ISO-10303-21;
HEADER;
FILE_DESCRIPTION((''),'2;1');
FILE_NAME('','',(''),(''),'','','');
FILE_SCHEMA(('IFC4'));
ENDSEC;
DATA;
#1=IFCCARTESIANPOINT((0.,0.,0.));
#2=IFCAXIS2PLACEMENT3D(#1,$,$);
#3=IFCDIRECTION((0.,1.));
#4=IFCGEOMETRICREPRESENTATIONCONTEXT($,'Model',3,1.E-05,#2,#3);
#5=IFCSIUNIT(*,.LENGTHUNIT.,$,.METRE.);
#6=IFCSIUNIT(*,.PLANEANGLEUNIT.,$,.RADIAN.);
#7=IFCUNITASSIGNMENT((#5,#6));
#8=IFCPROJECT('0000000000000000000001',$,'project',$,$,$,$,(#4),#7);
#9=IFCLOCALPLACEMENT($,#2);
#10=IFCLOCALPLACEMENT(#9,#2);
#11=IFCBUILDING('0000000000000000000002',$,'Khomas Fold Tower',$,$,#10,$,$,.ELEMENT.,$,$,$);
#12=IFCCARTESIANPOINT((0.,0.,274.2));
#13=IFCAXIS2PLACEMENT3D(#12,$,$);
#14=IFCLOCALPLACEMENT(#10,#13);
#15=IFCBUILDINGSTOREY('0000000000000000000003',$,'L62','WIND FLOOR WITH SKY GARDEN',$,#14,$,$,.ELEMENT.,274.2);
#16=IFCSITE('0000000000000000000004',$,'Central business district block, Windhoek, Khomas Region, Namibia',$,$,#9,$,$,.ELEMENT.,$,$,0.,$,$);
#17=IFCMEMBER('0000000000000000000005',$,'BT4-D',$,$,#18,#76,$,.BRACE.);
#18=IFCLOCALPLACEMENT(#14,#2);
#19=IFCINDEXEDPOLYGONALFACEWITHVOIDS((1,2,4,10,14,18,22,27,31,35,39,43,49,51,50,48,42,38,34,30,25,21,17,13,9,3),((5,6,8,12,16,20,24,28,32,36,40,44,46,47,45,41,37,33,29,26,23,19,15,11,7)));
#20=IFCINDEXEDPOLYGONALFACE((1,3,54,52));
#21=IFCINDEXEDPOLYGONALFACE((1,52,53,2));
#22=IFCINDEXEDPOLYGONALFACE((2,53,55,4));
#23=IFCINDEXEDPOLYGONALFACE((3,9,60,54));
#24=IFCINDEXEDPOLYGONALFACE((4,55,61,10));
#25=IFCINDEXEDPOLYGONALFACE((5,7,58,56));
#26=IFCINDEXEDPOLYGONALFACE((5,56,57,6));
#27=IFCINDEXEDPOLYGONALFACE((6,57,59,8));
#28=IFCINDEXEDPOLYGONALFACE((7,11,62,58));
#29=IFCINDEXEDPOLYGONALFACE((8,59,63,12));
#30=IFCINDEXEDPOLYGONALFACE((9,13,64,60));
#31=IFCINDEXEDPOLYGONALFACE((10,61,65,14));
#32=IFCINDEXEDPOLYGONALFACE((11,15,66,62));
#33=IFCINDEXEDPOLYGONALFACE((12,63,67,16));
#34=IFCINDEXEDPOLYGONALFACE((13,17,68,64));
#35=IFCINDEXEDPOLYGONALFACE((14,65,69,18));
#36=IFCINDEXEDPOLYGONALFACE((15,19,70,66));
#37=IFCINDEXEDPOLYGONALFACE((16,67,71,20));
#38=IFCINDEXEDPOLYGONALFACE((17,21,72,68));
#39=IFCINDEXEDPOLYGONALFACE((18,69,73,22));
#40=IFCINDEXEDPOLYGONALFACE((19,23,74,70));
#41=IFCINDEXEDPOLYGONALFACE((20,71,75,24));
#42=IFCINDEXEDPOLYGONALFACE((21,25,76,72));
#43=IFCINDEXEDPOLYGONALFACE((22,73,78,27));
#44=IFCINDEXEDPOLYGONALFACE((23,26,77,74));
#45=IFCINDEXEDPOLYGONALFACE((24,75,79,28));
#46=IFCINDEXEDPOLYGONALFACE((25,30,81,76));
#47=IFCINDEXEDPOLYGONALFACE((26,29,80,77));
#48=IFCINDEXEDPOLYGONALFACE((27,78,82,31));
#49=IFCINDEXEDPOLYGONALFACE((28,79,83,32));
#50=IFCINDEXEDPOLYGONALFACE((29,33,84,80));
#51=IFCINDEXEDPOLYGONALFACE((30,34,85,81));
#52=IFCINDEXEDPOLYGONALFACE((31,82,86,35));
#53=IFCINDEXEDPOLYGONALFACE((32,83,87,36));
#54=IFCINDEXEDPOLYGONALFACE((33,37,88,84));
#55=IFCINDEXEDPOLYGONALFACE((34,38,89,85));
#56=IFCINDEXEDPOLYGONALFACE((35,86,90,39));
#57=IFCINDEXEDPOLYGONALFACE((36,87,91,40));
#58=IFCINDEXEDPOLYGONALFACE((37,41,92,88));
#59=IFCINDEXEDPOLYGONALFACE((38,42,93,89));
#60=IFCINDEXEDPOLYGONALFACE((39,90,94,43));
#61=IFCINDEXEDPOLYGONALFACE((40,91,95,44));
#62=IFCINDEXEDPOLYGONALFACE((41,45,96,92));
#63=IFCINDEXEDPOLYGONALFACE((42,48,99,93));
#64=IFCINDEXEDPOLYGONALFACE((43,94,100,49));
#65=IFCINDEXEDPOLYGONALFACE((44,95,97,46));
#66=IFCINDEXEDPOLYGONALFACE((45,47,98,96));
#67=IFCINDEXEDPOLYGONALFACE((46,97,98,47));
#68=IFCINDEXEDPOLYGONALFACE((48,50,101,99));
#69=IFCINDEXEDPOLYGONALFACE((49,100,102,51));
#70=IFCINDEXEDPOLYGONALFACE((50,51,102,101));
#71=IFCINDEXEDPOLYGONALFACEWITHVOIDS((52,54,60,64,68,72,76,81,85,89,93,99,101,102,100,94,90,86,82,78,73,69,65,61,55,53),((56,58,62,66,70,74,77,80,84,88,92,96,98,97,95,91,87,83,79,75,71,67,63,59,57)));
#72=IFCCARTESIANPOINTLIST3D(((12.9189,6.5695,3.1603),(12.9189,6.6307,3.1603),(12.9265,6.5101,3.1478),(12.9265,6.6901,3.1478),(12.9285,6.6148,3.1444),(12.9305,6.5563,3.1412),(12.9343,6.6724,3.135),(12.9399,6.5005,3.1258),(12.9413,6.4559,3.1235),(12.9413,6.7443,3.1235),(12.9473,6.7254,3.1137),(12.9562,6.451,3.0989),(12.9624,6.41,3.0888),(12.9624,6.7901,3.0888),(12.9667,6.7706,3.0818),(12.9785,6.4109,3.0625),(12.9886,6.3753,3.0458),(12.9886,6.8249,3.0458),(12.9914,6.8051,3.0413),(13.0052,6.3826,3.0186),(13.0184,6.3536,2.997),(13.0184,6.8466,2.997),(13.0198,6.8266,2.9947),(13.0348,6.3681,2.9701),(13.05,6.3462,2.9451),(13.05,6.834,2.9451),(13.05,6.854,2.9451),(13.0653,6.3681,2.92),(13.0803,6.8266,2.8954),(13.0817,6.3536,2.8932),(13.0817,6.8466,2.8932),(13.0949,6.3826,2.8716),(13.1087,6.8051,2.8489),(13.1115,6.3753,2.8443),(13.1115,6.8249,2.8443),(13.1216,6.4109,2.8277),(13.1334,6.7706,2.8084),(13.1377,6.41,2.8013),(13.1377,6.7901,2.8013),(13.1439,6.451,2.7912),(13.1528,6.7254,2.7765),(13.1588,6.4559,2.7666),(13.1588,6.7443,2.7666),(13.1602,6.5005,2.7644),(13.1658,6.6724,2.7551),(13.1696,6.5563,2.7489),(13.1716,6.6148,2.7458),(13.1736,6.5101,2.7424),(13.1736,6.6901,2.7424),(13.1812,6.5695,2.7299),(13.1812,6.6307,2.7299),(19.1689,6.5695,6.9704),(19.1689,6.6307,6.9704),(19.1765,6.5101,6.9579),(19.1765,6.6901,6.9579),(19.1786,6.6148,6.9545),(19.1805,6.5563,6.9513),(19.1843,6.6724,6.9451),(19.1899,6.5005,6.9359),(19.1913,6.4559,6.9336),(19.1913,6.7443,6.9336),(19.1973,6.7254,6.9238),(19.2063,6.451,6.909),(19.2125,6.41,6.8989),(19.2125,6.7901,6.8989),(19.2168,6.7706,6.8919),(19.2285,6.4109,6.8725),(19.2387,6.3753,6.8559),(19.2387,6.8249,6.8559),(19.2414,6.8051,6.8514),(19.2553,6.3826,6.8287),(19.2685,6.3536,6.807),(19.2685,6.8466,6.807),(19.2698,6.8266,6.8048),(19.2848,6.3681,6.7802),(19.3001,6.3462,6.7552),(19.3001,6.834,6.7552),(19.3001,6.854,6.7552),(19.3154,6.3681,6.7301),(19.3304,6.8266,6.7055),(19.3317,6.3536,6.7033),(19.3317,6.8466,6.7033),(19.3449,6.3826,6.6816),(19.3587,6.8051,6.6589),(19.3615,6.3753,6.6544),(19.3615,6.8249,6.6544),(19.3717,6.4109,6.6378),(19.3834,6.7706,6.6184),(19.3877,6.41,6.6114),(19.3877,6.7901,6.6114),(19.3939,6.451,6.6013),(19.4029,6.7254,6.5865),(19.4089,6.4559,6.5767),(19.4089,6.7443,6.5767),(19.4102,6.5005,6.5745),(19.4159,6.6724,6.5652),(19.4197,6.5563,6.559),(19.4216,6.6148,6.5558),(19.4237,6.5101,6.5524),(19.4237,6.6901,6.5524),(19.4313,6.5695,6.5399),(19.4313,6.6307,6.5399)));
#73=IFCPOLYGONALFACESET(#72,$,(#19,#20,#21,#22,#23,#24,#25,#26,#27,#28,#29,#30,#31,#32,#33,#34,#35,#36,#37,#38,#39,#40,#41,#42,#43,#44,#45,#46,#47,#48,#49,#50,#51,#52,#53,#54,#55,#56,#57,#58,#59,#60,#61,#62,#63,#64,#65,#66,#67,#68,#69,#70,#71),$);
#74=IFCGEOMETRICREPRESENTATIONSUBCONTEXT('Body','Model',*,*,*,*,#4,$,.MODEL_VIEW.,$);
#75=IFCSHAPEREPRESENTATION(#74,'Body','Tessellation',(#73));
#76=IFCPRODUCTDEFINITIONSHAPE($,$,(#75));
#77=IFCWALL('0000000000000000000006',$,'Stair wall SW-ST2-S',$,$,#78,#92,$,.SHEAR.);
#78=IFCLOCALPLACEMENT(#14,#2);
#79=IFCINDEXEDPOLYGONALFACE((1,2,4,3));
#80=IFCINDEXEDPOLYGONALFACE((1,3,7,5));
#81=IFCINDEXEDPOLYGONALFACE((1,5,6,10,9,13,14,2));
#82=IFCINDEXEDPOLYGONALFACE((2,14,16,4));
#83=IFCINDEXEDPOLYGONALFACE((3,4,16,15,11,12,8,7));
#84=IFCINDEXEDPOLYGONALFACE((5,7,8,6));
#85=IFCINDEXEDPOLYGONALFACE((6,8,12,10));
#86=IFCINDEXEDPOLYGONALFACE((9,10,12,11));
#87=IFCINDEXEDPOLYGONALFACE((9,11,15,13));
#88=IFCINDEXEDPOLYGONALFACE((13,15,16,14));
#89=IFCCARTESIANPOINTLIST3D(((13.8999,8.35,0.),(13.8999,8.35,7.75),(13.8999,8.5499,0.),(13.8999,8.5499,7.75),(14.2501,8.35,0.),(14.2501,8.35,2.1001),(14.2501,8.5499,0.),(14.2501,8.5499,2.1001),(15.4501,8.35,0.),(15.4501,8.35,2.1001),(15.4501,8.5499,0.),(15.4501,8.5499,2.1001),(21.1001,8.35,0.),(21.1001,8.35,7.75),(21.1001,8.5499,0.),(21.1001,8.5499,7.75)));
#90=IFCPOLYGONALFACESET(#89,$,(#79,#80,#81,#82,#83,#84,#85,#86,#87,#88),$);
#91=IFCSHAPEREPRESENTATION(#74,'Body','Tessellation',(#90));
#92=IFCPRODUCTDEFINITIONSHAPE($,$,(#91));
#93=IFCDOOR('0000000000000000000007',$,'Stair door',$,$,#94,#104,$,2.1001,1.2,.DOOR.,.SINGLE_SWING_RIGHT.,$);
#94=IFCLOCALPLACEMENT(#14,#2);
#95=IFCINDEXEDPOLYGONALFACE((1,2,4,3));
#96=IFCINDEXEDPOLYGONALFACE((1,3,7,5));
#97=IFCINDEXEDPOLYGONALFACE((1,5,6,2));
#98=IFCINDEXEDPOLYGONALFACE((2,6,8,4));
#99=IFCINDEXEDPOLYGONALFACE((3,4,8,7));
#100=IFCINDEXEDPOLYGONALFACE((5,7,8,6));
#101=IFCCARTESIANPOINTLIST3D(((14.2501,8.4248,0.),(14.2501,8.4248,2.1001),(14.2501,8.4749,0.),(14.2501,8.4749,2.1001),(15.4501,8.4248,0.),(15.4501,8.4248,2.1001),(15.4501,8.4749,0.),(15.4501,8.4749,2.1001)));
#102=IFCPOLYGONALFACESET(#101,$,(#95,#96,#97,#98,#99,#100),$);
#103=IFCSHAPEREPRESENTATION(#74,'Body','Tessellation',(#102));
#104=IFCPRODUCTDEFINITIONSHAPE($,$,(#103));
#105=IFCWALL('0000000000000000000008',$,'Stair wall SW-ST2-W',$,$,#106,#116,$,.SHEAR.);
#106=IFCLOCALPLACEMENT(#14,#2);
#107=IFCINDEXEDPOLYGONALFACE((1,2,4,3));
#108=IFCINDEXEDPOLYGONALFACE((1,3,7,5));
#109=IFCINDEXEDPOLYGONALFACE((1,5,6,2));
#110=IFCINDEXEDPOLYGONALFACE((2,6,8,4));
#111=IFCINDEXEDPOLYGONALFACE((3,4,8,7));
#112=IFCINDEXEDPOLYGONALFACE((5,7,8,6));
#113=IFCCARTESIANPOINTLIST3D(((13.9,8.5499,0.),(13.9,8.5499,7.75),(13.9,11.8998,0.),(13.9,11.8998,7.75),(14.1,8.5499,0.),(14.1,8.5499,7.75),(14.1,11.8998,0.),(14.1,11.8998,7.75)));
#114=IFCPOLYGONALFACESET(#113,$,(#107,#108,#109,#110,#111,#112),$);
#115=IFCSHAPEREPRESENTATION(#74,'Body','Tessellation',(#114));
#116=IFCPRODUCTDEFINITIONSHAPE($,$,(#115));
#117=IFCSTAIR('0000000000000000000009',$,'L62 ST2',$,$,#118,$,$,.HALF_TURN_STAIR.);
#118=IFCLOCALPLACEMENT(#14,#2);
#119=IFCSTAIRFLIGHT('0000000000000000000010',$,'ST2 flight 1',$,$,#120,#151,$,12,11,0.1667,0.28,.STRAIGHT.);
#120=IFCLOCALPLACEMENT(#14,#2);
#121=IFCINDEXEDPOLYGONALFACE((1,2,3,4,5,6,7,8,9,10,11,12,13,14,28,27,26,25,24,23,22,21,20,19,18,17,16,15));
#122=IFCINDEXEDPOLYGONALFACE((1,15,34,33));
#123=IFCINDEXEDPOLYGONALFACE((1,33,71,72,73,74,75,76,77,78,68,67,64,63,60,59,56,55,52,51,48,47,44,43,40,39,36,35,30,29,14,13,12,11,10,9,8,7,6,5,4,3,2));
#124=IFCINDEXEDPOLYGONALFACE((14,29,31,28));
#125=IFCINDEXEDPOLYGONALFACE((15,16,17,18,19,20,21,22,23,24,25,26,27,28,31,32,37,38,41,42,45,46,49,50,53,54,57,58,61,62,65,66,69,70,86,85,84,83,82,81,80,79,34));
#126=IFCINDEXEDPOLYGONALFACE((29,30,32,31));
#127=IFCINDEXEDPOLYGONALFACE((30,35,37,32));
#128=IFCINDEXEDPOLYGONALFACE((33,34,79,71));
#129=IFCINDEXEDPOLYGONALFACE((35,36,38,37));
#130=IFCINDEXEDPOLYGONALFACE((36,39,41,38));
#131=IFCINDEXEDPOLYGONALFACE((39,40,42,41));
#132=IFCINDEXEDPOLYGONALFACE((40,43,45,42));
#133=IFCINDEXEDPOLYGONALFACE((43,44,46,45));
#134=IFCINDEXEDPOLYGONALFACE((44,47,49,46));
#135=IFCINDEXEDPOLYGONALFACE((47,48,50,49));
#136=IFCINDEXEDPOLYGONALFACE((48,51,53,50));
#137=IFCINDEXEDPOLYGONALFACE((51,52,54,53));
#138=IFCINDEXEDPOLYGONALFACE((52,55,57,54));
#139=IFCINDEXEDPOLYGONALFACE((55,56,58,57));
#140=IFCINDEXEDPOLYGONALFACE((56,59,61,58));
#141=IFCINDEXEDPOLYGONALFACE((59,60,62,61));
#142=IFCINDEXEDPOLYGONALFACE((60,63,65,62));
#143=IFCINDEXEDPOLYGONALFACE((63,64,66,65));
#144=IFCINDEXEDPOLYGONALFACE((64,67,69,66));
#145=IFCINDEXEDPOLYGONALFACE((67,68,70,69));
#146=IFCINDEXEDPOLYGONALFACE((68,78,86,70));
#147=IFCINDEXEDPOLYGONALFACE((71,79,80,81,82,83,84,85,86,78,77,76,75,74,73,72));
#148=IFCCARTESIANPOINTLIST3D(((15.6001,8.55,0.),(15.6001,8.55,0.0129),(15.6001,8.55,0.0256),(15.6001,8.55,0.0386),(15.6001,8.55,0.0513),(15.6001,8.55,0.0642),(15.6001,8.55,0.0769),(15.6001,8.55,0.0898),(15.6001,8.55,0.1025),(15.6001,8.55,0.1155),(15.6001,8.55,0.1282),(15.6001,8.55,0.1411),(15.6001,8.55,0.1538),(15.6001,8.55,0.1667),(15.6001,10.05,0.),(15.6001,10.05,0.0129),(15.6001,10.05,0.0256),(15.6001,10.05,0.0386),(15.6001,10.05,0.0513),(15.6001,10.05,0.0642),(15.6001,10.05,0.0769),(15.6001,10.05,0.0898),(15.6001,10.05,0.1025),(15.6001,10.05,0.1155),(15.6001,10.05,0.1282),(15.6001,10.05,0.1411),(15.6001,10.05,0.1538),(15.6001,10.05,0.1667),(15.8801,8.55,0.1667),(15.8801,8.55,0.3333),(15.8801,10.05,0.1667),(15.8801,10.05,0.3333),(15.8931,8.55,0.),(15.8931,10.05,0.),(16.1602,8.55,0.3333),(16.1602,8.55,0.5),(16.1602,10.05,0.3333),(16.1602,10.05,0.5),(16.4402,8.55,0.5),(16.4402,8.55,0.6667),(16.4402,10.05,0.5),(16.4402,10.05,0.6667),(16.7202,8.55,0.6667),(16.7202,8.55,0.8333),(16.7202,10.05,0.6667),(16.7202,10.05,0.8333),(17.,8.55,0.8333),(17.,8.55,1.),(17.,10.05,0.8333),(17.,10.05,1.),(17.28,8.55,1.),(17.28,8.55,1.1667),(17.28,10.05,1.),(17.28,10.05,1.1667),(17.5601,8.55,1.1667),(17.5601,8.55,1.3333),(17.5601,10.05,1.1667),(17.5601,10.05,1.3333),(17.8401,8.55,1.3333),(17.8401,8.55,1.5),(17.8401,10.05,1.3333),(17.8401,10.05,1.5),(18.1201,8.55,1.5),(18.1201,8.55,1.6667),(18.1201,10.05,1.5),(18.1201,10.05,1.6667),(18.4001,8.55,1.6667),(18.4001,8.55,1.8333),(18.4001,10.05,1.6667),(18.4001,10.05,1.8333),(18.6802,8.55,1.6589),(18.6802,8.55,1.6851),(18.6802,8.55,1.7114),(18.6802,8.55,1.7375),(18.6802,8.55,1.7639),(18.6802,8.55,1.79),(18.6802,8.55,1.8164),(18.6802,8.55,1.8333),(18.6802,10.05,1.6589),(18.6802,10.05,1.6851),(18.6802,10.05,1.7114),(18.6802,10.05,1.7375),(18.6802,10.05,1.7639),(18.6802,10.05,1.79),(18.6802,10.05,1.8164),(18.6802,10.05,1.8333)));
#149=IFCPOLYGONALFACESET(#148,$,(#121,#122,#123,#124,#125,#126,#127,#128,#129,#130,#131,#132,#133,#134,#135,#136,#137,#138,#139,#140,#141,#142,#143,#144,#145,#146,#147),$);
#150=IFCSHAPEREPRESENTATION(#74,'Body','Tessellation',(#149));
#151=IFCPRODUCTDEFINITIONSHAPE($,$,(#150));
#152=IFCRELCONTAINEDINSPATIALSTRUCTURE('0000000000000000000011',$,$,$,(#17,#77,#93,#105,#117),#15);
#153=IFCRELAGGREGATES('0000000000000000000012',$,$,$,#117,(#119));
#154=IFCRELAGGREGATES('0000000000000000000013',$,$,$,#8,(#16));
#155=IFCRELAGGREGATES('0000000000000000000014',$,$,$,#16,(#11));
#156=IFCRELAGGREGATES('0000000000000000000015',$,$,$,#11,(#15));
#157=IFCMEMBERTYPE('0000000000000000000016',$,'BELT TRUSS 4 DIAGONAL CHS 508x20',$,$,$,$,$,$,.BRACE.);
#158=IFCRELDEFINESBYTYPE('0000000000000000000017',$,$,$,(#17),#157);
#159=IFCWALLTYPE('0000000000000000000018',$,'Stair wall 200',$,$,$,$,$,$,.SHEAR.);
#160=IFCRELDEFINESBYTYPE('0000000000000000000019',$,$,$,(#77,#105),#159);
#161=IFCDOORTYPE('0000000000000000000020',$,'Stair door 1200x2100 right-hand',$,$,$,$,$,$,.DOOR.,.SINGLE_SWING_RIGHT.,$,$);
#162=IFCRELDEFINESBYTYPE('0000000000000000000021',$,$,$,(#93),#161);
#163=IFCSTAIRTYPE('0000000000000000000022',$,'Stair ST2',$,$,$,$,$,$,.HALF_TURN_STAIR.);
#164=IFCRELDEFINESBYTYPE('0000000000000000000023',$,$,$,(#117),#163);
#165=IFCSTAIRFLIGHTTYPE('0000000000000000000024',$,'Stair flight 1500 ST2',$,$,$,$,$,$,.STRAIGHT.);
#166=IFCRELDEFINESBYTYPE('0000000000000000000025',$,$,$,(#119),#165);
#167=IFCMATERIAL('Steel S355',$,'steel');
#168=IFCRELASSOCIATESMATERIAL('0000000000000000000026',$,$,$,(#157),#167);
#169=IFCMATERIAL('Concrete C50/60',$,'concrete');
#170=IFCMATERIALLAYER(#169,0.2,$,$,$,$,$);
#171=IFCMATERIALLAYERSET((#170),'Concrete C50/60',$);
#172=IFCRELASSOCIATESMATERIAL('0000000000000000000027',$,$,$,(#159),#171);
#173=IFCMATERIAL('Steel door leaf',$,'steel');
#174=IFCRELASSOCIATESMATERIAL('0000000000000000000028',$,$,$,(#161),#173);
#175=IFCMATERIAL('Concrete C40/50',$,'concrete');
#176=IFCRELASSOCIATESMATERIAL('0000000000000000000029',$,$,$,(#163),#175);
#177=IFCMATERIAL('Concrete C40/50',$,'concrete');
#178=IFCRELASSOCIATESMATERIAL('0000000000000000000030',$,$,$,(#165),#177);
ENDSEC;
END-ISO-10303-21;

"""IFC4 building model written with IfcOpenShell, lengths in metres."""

from ifc_helpers import new_model, si_unit, direction, frame, frame_2d, origin, origin_2d, place, context, subcontext, project, spatial, polyline, rectangle, hollow_circle, outline, extrude, source, transform, mapped, material, layer, layer_set, material_profile, profile_set, type_object, element, fill, aggregate, save


model = new_model("IFC4")

# Units and contexts
model_context = context("Model", 3, precision=1e-05, world=origin(), true_north=direction((0.0, 1.0)))
body_context = subcontext(model_context, "Body", "Model", "MODEL_VIEW")
ifc_project = project(units=[si_unit("LENGTHUNIT", "METRE"), si_unit("PLANEANGLEUNIT", "RADIAN")], contexts=[model_context])

# Site, building, storey
site_placement = place(None, origin())
site = spatial("IfcSite", under=ifc_project, at=site_placement, Name="Central business district block, Windhoek, Khomas Region, Namibia", CompositionType="ELEMENT", RefElevation=0.0)
building_placement = place(site_placement, origin())
building = spatial("IfcBuilding", under=site, at=building_placement, Name="Khomas Fold Tower", CompositionType="ELEMENT")
storey_placement = place(building_placement, frame((0.0, 0.0, 274.2)))
storey = spatial("IfcBuildingStorey", under=building, at=storey_placement, Name="L62", Description="WIND FLOOR WITH SKY GARDEN", CompositionType="ELEMENT", Elevation=274.2)

# Member
ifc_material_1 = material(Name="Steel S355", Category="steel")
ifc_material_profile_1 = material_profile(ifc_material_1, hollow_circle(Radius=0.2539, WallThickness=0.02, at=origin_2d()), Name="CHS 508x20")
ifc_profile_set_1 = profile_set([ifc_material_profile_1], Name="Steel S355")
member_type_1 = type_object("IfcMemberType", Name="BELT TRUSS 4 DIAGONAL CHS 508x20", PredefinedType="BRACE", material=ifc_profile_set_1)
shared_shape_1 = source(origin(), body_context, "Body", "SweptSolid", [
    extrude(hollow_circle(Radius=0.2539, WallThickness=0.02, at=origin_2d()), origin(), (0.0, 0.0, 1.0), 7.3198),
])
member_1_placement = place(storey_placement, frame((13.05, 6.6001, 2.9451), z_axis=(0.853852, 0.0, 0.520516), x_axis=(0.0, 1.0, 0.0)))
element("IfcMember", 1, at=member_1_placement, inside=storey, type_object=member_type_1, Name="BT4-D", PredefinedType="BRACE", context=body_context, shape_type="MappedRepresentation", body=[
    mapped(shared_shape_1, transform((0.0, 0.0, 0.0))),
])

# Wall, opening, door
ifc_material_2 = material(Name="Concrete C50/60", Category="concrete")
ifc_layer_1 = layer(ifc_material_2, 0.2)
ifc_layer_set_1 = layer_set([ifc_layer_1], Name="Concrete C50/60")
wall_type = type_object("IfcWallType", Name="Stair wall 200", PredefinedType="SHEAR", material=ifc_layer_set_1)
shared_shape_2 = source(origin(), body_context, "Body", "SweptSolid", [
    extrude(rectangle(XDim=7.2002, YDim=0.2, at=frame_2d((3.6001, 0.0))), origin(), (0.0, 0.0, 1.0), 7.75),
])
wall_1_placement = place(storey_placement, frame((13.8999, 8.45, 0.0), z_axis=(0.0, 0.0, 1.0), x_axis=(1.0, 0.0, 0.0)))
wall_1 = element("IfcWall", 2, at=wall_1_placement, inside=storey, type_object=wall_type, Name="Stair wall SW-ST2-S", PredefinedType="SHEAR", context=body_context, shape_type="MappedRepresentation", body=[
    mapped(shared_shape_2, transform((0.0, 0.0, 0.0))),
])
shared_shape_3 = source(origin(), body_context, "Body", "SweptSolid", [
    extrude(rectangle(XDim=1.2, YDim=2.1001, at=frame_2d((0.6001, 1.05))), frame((0.0, 0.1099, 0.0), z_axis=(0.0, -1.0, 0.0), x_axis=(1.0, 0.0, 0.0)), (0.0, 0.0, 1.0), 0.22),
])
opening_placement = place(wall_1_placement, frame((0.3501, 0.0, 0.0)))
opening = element("IfcOpeningElement", 3, at=opening_placement, cuts=wall_1, PredefinedType="OPENING", context=body_context, shape_type="MappedRepresentation", body=[
    mapped(shared_shape_3, transform((0.0, 0.0, 0.0))),
])
ifc_material_3 = material(Name="Steel door leaf", Category="steel")
door_type = type_object("IfcDoorType", Name="Stair door 1200x2100 right-hand", OperationType="SINGLE_SWING_RIGHT", PredefinedType="DOOR", material=ifc_material_3)
shared_shape_4 = source(origin(), body_context, "Body", "SweptSolid", [
    extrude(rectangle(XDim=1.2, YDim=2.1001, at=frame_2d((0.6001, 1.05))), frame((0.0, 0.0249, 0.0), z_axis=(0.0, -1.0, 0.0), x_axis=(1.0, 0.0, 0.0)), (0.0, 0.0, 1.0), 0.05),
])
door_placement = place(opening_placement, origin())
door = element("IfcDoor", 4, at=door_placement, inside=storey, type_object=door_type, Name="Stair door", OperationType="SINGLE_SWING_RIGHT", OverallHeight=2.1001, OverallWidth=1.2, PredefinedType="DOOR", context=body_context, shape_type="MappedRepresentation", body=[
    mapped(shared_shape_4, transform((0.0, 0.0, 0.0))),
])
fill(opening, door)

# Wall
shared_shape_5 = source(origin(), body_context, "Body", "SweptSolid", [
    extrude(rectangle(XDim=3.3499, YDim=0.2, at=frame_2d((1.6748, 0.0))), origin(), (0.0, 0.0, 1.0), 7.75),
])
wall_2_placement = place(storey_placement, frame((14.0, 8.55, 0.0), z_axis=(0.0, 0.0, 1.0), x_axis=(0.0, 1.0, 0.0)))
element("IfcWall", 5, at=wall_2_placement, inside=storey, type_object=wall_type, Name="Stair wall SW-ST2-W", PredefinedType="SHEAR", context=body_context, shape_type="MappedRepresentation", body=[
    mapped(shared_shape_5, transform((0.0, 0.0, 0.0))),
])

# Stair, stair flight
ifc_material_4 = material(Name="Concrete C40/50", Category="concrete")
stair_type = type_object("IfcStairType", Name="Stair ST2", PredefinedType="HALF_TURN_STAIR", material=ifc_material_4)
stair_placement = place(storey_placement, origin())
stair = element("IfcStair", 6, at=stair_placement, inside=storey, type_object=stair_type, Name="L62 ST2", PredefinedType="HALF_TURN_STAIR")
ifc_material_5 = material(Name="Concrete C40/50", Category="concrete")
stair_flight_type = type_object("IfcStairFlightType", Name="Stair flight 1500 ST2", PredefinedType="STRAIGHT", material=ifc_material_5)
shared_shape_6 = source(origin(), body_context, "Body", "SweptSolid", [
    extrude(outline(polyline([(0.0, 0.0), (0.0, 0.0129), (0.0, 0.0256), (0.0, 0.0386), (0.0, 0.0513), (0.0, 0.0642), (0.0, 0.0769), (0.0, 0.0898), (0.0, 0.1025), (0.0, 0.1155), (0.0, 0.1282), (0.0, 0.1411), (0.0, 0.1538), (0.0, 0.1667), (0.28, 0.1667), (0.28, 0.3333), (0.5601, 0.3333), (0.5601, 0.5), (0.8401, 0.5), (0.8401, 0.6667), (1.1201, 0.6667), (1.1201, 0.8333), (1.3999, 0.8333), (1.3999, 1.0), (1.6799, 1.0), (1.6799, 1.1667), (1.96, 1.1667), (1.96, 1.3333), (2.24, 1.3333), (2.24, 1.5), (2.52, 1.5), (2.52, 1.6667), (2.8, 1.6667), (2.8, 1.8333), (3.0801, 1.8333), (3.0801, 2.0), (3.0801, 1.9739), (3.0801, 1.9475), (3.0801, 1.9214), (3.0801, 1.895), (3.0801, 1.8689), (3.0801, 1.8425), (3.0801, 1.8164), (3.0801, 1.79), (3.0801, 1.7639), (3.0801, 1.7375), (3.0801, 1.7114), (3.0801, 1.6851), (3.0801, 1.6589), (0.293, 0.0), (0.0, 0.0)])), frame((0.0, 0.75, 0.0), z_axis=(0.0, -1.0, 0.0), x_axis=(1.0, 0.0, 0.0)), (0.0, 0.0, 1.0), 1.5),
])
stair_flight_1_placement = place(storey_placement, frame((15.6001, 9.3, 0.0), z_axis=(0.0, 0.0, 1.0), x_axis=(1.0, 0.0, 0.0)))
stair_flight_1 = element("IfcStairFlight", 7, at=stair_flight_1_placement, type_object=stair_flight_type, Name="ST2 flight 1", NumberOfRisers=12, NumberOfTreads=11, PredefinedType="STRAIGHT", RiserHeight=0.1667, TreadLength=0.28, context=body_context, shape_type="MappedRepresentation", body=[
    mapped(shared_shape_6, transform((0.0, 0.0, 0.0))),
])
aggregate(stair, [stair_flight_1])

save(model, "model.ifc")
